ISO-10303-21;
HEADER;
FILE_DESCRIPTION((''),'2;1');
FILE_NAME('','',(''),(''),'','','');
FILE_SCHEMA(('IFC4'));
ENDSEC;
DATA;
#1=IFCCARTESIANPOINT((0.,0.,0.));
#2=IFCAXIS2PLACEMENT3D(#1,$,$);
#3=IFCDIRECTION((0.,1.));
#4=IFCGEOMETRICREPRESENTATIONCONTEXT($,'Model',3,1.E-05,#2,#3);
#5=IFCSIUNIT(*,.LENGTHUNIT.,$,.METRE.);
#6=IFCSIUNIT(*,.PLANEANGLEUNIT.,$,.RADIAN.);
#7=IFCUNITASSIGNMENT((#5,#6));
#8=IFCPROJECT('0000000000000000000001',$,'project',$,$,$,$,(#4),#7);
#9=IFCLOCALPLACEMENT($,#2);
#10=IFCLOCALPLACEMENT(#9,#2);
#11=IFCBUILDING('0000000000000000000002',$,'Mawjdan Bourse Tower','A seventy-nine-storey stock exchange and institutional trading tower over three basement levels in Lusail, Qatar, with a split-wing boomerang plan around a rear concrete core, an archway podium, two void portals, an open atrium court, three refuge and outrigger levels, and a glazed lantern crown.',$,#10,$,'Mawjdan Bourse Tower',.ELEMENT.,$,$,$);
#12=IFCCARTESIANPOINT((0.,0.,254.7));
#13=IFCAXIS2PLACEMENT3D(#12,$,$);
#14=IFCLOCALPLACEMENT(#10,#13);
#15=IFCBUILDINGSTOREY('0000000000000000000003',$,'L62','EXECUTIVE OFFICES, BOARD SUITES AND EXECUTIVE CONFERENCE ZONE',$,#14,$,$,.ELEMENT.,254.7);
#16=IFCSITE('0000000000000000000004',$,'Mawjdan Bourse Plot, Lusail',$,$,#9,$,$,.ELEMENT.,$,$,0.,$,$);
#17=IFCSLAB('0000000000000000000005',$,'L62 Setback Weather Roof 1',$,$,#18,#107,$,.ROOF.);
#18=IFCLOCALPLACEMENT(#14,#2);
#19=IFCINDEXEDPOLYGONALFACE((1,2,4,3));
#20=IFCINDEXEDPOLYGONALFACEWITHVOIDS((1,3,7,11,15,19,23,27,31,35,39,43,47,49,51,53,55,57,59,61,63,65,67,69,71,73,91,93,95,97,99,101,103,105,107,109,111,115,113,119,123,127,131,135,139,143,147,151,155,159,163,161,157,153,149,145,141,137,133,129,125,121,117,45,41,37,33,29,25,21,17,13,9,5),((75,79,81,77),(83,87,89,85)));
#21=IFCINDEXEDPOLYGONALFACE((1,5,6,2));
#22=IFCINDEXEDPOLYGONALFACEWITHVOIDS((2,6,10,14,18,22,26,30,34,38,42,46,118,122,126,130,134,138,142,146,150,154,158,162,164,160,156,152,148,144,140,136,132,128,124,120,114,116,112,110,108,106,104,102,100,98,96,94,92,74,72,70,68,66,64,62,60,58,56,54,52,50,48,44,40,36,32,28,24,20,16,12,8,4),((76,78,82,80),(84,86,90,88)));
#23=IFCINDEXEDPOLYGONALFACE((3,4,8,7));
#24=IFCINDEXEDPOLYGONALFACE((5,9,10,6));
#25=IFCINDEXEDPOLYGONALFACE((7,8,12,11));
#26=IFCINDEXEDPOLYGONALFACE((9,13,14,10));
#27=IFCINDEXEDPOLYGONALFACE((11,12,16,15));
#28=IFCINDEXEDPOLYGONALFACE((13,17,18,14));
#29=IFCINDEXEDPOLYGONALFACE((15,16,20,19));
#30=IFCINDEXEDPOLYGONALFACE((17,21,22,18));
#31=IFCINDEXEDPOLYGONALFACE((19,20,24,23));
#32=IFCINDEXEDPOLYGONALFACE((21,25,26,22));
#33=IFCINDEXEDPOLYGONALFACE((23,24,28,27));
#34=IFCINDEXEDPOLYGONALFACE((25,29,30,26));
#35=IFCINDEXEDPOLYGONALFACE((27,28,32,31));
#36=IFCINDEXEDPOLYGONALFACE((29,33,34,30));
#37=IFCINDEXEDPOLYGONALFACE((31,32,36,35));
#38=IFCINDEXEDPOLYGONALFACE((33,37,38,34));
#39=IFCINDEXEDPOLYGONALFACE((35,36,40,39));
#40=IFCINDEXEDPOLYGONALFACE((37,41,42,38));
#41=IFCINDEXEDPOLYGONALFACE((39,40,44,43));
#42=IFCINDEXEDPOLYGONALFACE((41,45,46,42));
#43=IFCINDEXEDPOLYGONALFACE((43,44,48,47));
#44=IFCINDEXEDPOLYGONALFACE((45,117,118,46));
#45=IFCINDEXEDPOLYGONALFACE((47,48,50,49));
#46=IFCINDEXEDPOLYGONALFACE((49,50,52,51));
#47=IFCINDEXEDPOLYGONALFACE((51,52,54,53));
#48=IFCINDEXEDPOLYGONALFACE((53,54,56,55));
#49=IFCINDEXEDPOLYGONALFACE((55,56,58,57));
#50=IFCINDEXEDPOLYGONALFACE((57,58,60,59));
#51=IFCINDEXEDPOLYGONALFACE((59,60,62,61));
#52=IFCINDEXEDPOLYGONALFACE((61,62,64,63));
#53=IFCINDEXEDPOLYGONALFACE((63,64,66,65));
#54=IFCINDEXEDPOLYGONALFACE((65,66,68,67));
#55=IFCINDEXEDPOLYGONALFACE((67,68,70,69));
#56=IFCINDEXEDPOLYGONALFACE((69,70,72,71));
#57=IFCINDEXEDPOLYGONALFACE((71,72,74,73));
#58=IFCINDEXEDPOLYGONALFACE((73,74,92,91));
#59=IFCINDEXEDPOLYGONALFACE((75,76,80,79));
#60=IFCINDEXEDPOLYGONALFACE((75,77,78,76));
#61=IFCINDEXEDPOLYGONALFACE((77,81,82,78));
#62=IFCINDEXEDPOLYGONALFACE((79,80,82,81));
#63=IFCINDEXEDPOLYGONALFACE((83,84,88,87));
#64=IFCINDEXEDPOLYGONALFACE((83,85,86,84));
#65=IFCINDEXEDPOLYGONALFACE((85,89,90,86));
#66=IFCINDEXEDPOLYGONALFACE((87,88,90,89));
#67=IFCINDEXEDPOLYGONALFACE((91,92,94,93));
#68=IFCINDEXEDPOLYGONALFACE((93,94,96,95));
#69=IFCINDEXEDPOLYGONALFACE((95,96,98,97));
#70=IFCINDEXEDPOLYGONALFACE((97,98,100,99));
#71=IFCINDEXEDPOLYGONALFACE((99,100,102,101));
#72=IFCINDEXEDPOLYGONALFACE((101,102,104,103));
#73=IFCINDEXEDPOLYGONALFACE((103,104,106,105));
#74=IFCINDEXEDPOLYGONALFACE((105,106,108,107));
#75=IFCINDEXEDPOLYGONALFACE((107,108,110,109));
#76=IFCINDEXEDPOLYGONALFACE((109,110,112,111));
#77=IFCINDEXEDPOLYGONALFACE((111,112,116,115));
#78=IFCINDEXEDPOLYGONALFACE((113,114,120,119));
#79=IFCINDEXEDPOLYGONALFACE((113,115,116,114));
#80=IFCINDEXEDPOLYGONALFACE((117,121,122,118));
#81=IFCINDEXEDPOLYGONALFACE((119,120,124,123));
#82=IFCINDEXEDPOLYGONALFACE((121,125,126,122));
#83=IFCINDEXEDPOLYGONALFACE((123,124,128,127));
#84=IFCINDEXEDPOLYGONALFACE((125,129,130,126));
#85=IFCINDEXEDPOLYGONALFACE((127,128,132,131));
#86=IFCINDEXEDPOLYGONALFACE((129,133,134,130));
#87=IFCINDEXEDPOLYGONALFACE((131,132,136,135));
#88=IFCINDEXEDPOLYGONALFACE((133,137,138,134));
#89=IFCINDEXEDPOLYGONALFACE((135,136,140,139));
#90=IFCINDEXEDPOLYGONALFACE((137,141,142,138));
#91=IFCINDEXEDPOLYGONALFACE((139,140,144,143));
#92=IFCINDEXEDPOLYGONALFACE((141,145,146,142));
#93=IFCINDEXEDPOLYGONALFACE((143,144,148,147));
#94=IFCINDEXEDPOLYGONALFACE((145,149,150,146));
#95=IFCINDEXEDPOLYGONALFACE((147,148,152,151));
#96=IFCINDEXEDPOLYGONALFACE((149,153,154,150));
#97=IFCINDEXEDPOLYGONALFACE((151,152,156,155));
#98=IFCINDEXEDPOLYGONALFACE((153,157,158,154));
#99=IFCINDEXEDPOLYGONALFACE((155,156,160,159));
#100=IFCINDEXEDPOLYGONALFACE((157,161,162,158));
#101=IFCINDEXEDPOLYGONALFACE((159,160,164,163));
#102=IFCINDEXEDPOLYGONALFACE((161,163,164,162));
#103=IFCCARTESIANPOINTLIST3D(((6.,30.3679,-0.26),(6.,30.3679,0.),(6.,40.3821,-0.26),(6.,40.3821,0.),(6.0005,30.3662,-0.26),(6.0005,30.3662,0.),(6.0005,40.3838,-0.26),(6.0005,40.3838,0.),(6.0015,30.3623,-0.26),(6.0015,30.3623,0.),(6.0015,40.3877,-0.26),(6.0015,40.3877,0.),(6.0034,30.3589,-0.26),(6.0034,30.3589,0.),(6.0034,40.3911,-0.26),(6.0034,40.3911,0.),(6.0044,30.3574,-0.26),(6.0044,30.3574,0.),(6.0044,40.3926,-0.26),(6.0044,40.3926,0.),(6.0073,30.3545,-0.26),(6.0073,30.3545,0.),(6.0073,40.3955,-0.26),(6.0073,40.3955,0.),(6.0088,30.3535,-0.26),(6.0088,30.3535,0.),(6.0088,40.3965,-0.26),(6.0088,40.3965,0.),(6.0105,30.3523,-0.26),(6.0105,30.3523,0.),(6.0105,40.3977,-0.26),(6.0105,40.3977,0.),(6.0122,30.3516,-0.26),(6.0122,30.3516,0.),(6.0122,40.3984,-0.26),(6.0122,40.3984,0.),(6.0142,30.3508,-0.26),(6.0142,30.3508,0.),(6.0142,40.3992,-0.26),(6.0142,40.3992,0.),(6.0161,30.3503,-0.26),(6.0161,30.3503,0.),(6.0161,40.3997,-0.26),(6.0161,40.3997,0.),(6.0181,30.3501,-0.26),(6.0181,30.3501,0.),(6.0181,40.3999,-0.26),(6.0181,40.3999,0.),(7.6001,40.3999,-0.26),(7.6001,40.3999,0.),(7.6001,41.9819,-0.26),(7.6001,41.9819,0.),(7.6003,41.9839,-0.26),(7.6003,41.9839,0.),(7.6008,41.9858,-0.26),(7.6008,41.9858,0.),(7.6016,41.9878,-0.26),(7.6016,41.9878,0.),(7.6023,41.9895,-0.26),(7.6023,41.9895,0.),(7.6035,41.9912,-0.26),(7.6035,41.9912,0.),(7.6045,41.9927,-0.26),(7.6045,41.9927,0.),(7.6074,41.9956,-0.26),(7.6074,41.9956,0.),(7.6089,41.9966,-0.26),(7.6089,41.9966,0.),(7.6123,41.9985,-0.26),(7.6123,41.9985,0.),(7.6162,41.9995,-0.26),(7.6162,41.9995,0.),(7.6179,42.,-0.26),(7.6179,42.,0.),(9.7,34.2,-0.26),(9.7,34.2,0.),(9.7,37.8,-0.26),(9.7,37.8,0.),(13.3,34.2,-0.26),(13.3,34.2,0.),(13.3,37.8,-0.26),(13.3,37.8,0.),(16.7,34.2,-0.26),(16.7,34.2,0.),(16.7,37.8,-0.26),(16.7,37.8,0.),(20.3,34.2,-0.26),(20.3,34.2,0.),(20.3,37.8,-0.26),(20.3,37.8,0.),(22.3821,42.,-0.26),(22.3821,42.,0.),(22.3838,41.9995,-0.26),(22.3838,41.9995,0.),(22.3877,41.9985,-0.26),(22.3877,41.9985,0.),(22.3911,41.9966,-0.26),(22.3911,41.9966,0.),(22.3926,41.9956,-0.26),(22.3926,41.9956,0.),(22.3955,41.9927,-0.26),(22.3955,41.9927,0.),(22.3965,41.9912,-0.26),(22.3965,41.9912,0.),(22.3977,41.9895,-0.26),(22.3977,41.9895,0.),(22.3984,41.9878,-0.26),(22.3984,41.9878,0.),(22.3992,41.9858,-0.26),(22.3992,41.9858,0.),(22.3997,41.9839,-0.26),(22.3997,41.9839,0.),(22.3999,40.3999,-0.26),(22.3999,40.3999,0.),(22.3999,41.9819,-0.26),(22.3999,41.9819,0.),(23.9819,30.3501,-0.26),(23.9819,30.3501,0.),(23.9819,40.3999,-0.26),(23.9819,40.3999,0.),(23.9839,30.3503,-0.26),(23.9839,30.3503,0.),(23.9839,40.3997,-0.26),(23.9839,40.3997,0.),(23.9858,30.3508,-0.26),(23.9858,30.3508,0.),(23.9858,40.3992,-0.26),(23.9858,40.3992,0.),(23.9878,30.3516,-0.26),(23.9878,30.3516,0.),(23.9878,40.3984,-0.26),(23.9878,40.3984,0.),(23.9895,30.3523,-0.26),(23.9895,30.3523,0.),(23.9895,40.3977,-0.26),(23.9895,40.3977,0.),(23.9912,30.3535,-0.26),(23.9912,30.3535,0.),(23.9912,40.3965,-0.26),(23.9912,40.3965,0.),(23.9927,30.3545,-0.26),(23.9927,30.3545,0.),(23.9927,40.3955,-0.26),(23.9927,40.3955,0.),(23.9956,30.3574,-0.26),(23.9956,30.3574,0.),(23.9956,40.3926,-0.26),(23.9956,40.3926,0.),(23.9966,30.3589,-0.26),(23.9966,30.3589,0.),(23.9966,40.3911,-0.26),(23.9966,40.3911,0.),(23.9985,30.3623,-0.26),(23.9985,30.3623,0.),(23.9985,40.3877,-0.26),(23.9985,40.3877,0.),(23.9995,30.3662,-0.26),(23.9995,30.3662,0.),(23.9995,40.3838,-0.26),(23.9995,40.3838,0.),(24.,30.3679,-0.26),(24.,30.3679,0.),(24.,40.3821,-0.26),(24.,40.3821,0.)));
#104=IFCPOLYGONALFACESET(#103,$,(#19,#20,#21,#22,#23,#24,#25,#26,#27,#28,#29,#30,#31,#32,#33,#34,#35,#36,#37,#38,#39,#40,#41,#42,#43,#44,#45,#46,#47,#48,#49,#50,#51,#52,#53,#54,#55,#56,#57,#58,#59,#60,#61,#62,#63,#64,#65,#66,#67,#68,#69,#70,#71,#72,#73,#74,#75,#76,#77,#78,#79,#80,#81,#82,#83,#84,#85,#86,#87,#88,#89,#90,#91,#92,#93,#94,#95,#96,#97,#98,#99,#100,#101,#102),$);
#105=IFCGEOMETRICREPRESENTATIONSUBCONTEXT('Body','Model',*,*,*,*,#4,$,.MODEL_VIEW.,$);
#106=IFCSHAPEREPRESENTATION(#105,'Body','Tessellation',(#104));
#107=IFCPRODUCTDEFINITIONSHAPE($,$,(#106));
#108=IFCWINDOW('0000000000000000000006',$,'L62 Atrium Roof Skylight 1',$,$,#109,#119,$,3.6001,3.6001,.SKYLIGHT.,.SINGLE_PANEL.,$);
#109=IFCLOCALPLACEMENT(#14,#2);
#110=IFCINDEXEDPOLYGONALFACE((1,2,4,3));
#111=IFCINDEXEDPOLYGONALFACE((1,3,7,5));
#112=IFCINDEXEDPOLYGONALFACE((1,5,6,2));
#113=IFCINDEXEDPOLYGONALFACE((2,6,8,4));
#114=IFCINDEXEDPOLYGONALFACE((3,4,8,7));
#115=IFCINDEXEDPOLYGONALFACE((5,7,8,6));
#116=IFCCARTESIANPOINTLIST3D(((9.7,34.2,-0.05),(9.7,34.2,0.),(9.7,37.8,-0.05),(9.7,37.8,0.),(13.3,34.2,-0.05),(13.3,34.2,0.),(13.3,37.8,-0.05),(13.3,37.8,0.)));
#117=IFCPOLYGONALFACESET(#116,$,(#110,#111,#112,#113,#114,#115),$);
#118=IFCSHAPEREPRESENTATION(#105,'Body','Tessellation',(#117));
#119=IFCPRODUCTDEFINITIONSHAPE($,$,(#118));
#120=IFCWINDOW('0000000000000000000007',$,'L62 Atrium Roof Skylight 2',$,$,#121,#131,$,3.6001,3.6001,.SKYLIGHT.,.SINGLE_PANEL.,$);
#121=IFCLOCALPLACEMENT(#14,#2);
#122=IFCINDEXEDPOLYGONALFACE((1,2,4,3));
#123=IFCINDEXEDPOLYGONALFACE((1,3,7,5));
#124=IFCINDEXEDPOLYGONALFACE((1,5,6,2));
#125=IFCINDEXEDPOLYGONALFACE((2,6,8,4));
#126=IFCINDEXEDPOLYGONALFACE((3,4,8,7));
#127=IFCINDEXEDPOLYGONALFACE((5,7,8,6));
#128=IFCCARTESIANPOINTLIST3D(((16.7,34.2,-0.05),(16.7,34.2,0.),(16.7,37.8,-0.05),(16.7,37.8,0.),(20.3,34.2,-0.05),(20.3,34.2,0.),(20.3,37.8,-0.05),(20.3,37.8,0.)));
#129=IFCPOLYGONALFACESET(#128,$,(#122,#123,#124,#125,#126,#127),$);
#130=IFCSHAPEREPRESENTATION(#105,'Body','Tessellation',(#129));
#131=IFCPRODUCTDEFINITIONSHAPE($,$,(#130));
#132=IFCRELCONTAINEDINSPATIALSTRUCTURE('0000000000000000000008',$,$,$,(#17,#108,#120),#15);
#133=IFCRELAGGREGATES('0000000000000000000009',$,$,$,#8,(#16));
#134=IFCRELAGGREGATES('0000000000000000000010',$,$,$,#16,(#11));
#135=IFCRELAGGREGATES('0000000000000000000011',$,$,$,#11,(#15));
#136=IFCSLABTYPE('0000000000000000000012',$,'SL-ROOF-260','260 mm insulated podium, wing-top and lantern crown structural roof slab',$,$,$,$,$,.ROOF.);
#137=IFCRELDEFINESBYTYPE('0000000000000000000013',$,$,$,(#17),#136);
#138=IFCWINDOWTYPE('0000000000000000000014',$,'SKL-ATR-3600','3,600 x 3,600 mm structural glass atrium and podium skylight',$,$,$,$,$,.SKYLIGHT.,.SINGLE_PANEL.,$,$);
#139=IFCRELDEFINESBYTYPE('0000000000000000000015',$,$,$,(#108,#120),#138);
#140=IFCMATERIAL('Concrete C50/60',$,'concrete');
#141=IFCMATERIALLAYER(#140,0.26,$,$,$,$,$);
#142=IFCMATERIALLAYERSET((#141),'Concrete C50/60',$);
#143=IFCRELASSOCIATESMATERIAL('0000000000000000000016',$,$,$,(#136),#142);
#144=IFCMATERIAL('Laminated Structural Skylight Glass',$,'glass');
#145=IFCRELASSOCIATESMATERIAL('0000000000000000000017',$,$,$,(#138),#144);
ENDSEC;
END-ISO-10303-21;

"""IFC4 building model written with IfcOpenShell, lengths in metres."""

from ifc_helpers import new_model, si_unit, direction, frame, origin, origin_2d, place, context, subcontext, project, spatial, polyline, rectangle, outline, extrude, material, layer, layer_set, type_object, element, fill, save


model = new_model("IFC4")

# Units and contexts
model_context = context("Model", 3, precision=1e-05, world=origin(), true_north=direction((0.0, 1.0)))
body_context = subcontext(model_context, "Body", "Model", "MODEL_VIEW")
ifc_project = project(units=[si_unit("LENGTHUNIT", "METRE"), si_unit("PLANEANGLEUNIT", "RADIAN")], contexts=[model_context])

# Site, building, storey
site_placement = place(None, origin())
site = spatial("IfcSite", under=ifc_project, at=site_placement, Name="Mawjdan Bourse Plot, Lusail", CompositionType="ELEMENT", RefElevation=0.0)
building_placement = place(site_placement, origin())
building = spatial("IfcBuilding", under=site, at=building_placement, Name="Mawjdan Bourse Tower", Description="A seventy-nine-storey stock exchange and institutional trading tower over three basement levels in Lusail, Qatar, with a split-wing boomerang plan around a rear concrete core, an archway podium, two void portals, an open atrium court, three refuge and outrigger levels, and a glazed lantern crown.", LongName="Mawjdan Bourse Tower", CompositionType="ELEMENT")
storey_placement = place(building_placement, frame((0.0, 0.0, 254.7)))
storey = spatial("IfcBuildingStorey", under=building, at=storey_placement, Name="L62", Description="EXECUTIVE OFFICES, BOARD SUITES AND EXECUTIVE CONFERENCE ZONE", CompositionType="ELEMENT", Elevation=254.7)

# Shared definitions
ifc_material_1 = material(Name="Concrete C50/60", Category="concrete")

# Slab, openings, windows
ifc_layer_1 = layer(ifc_material_1, 0.26)
ifc_layer_set_1 = layer_set([ifc_layer_1], Name="Concrete C50/60")
slab_type_1 = type_object("IfcSlabType", Name="SL-ROOF-260", Description="260 mm insulated podium, wing-top and lantern crown structural roof slab", PredefinedType="ROOF", material=ifc_layer_set_1)
slab_1_placement = place(storey_placement, frame((0.0, 0.0, -0.26)))
slab_1 = element("IfcSlab", 1, at=slab_1_placement, inside=storey, type_object=slab_type_1, Name="L62 Setback Weather Roof 1", PredefinedType="ROOF", context=body_context, shape_type="SweptSolid", body=[
    extrude(outline(polyline([(6.0, 30.3701), (6.0, 30.3679), (6.0005, 30.3662), (6.001, 30.3643), (6.0015, 30.3623), (6.0024, 30.3606), (6.0034, 30.3589), (6.0044, 30.3574), (6.0059, 30.356), (6.0073, 30.3545), (6.0088, 30.3535), (6.0105, 30.3523), (6.0122, 30.3516), (6.0142, 30.3508), (6.0161, 30.3503), (6.0181, 30.3501), (6.02, 30.3501), (23.98, 30.3501), (23.9819, 30.3501), (23.9839, 30.3503), (23.9858, 30.3508), (23.9878, 30.3516), (23.9895, 30.3523), (23.9912, 30.3535), (23.9927, 30.3545), (23.9941, 30.356), (23.9956, 30.3574), (23.9966, 30.3589), (23.9976, 30.3606), (23.9985, 30.3623), (23.999, 30.3643), (23.9995, 30.3662), (24.0, 30.3679), (24.0, 30.3701), (24.0, 40.3799), (24.0, 40.3821), (23.9995, 40.3838), (23.999, 40.3857), (23.9985, 40.3877), (23.9976, 40.3894), (23.9966, 40.3911), (23.9956, 40.3926), (23.9941, 40.394), (23.9927, 40.3955), (23.9912, 40.3965), (23.9895, 40.3977), (23.9878, 40.3984), (23.9858, 40.3992), (23.9839, 40.3997), (23.9819, 40.3999), (23.98, 40.3999), (22.4004, 40.3999), (22.3999, 40.3999), (22.3999, 40.4004), (22.3999, 41.98), (22.3999, 41.9819), (22.3997, 41.9839), (22.3992, 41.9858), (22.3984, 41.9878), (22.3977, 41.9895), (22.3965, 41.9912), (22.3955, 41.9927), (22.394, 41.9941), (22.3926, 41.9956), (22.3911, 41.9966), (22.3894, 41.9976), (22.3877, 41.9985), (22.3857, 41.999), (22.3838, 41.9995), (22.3821, 42.0), (22.3799, 42.0), (7.6201, 42.0), (7.6179, 42.0), (7.6162, 41.9995), (7.6143, 41.999), (7.6123, 41.9985), (7.6106, 41.9976), (7.6089, 41.9966), (7.6074, 41.9956), (7.606, 41.9941), (7.6045, 41.9927), (7.6035, 41.9912), (7.6023, 41.9895), (7.6016, 41.9878), (7.6008, 41.9858), (7.6003, 41.9839), (7.6001, 41.9819), (7.6001, 41.98), (7.6001, 40.4004), (7.6001, 40.3999), (7.5996, 40.3999), (6.02, 40.3999), (6.0181, 40.3999), (6.0161, 40.3997), (6.0142, 40.3992), (6.0122, 40.3984), (6.0105, 40.3977), (6.0088, 40.3965), (6.0073, 40.3955), (6.0059, 40.394), (6.0044, 40.3926), (6.0034, 40.3911), (6.0024, 40.3894), (6.0015, 40.3877), (6.001, 40.3857), (6.0005, 40.3838), (6.0, 40.3821), (6.0, 40.3799), (6.0, 30.3701)])), origin(), (0.0, 0.0, 1.0), 0.26),
])
opening_1_placement = place(slab_1_placement, frame((11.5, 36.0, 0.0)))
opening_1 = element("IfcOpeningElement", 2, at=opening_1_placement, cuts=slab_1, PredefinedType="OPENING", context=body_context, shape_type="SweptSolid", body=[
    extrude(rectangle(XDim=3.6001, YDim=3.6001, at=origin_2d()), frame((0.0, 0.0, -0.01)), (0.0, 0.0, 1.0), 0.28),
])
opening_2_placement = place(slab_1_placement, frame((18.5, 36.0, 0.0)))
opening_2 = element("IfcOpeningElement", 3, at=opening_2_placement, cuts=slab_1, PredefinedType="OPENING", context=body_context, shape_type="SweptSolid", body=[
    extrude(rectangle(XDim=3.6001, YDim=3.6001, at=origin_2d()), frame((0.0, 0.0, -0.01)), (0.0, 0.0, 1.0), 0.28),
])
ifc_material_2 = material(Name="Laminated Structural Skylight Glass", Category="glass")
window_type = type_object("IfcWindowType", Name="SKL-ATR-3600", Description="3,600 x 3,600 mm structural glass atrium and podium skylight", PartitioningType="SINGLE_PANEL", PredefinedType="SKYLIGHT", material=ifc_material_2)
window_1_placement = place(opening_1_placement, frame((0.0, 0.0, 0.21)))
window_1 = element("IfcWindow", 4, at=window_1_placement, inside=storey, type_object=window_type, Name="L62 Atrium Roof Skylight 1", OverallHeight=3.6001, OverallWidth=3.6001, PartitioningType="SINGLE_PANEL", PredefinedType="SKYLIGHT", context=body_context, shape_type="SweptSolid", body=[
    extrude(rectangle(XDim=3.6001, YDim=3.6001, at=origin_2d()), origin(), (0.0, 0.0, 1.0), 0.05),
])
fill(opening_1, window_1)
window_2_placement = place(opening_2_placement, frame((0.0, 0.0, 0.21)))
window_2 = element("IfcWindow", 5, at=window_2_placement, inside=storey, type_object=window_type, Name="L62 Atrium Roof Skylight 2", OverallHeight=3.6001, OverallWidth=3.6001, PartitioningType="SINGLE_PANEL", PredefinedType="SKYLIGHT", context=body_context, shape_type="SweptSolid", body=[
    extrude(rectangle(XDim=3.6001, YDim=3.6001, at=origin_2d()), origin(), (0.0, 0.0, 1.0), 0.05),
])
fill(opening_2, window_2)

save(model, "model.ifc")
